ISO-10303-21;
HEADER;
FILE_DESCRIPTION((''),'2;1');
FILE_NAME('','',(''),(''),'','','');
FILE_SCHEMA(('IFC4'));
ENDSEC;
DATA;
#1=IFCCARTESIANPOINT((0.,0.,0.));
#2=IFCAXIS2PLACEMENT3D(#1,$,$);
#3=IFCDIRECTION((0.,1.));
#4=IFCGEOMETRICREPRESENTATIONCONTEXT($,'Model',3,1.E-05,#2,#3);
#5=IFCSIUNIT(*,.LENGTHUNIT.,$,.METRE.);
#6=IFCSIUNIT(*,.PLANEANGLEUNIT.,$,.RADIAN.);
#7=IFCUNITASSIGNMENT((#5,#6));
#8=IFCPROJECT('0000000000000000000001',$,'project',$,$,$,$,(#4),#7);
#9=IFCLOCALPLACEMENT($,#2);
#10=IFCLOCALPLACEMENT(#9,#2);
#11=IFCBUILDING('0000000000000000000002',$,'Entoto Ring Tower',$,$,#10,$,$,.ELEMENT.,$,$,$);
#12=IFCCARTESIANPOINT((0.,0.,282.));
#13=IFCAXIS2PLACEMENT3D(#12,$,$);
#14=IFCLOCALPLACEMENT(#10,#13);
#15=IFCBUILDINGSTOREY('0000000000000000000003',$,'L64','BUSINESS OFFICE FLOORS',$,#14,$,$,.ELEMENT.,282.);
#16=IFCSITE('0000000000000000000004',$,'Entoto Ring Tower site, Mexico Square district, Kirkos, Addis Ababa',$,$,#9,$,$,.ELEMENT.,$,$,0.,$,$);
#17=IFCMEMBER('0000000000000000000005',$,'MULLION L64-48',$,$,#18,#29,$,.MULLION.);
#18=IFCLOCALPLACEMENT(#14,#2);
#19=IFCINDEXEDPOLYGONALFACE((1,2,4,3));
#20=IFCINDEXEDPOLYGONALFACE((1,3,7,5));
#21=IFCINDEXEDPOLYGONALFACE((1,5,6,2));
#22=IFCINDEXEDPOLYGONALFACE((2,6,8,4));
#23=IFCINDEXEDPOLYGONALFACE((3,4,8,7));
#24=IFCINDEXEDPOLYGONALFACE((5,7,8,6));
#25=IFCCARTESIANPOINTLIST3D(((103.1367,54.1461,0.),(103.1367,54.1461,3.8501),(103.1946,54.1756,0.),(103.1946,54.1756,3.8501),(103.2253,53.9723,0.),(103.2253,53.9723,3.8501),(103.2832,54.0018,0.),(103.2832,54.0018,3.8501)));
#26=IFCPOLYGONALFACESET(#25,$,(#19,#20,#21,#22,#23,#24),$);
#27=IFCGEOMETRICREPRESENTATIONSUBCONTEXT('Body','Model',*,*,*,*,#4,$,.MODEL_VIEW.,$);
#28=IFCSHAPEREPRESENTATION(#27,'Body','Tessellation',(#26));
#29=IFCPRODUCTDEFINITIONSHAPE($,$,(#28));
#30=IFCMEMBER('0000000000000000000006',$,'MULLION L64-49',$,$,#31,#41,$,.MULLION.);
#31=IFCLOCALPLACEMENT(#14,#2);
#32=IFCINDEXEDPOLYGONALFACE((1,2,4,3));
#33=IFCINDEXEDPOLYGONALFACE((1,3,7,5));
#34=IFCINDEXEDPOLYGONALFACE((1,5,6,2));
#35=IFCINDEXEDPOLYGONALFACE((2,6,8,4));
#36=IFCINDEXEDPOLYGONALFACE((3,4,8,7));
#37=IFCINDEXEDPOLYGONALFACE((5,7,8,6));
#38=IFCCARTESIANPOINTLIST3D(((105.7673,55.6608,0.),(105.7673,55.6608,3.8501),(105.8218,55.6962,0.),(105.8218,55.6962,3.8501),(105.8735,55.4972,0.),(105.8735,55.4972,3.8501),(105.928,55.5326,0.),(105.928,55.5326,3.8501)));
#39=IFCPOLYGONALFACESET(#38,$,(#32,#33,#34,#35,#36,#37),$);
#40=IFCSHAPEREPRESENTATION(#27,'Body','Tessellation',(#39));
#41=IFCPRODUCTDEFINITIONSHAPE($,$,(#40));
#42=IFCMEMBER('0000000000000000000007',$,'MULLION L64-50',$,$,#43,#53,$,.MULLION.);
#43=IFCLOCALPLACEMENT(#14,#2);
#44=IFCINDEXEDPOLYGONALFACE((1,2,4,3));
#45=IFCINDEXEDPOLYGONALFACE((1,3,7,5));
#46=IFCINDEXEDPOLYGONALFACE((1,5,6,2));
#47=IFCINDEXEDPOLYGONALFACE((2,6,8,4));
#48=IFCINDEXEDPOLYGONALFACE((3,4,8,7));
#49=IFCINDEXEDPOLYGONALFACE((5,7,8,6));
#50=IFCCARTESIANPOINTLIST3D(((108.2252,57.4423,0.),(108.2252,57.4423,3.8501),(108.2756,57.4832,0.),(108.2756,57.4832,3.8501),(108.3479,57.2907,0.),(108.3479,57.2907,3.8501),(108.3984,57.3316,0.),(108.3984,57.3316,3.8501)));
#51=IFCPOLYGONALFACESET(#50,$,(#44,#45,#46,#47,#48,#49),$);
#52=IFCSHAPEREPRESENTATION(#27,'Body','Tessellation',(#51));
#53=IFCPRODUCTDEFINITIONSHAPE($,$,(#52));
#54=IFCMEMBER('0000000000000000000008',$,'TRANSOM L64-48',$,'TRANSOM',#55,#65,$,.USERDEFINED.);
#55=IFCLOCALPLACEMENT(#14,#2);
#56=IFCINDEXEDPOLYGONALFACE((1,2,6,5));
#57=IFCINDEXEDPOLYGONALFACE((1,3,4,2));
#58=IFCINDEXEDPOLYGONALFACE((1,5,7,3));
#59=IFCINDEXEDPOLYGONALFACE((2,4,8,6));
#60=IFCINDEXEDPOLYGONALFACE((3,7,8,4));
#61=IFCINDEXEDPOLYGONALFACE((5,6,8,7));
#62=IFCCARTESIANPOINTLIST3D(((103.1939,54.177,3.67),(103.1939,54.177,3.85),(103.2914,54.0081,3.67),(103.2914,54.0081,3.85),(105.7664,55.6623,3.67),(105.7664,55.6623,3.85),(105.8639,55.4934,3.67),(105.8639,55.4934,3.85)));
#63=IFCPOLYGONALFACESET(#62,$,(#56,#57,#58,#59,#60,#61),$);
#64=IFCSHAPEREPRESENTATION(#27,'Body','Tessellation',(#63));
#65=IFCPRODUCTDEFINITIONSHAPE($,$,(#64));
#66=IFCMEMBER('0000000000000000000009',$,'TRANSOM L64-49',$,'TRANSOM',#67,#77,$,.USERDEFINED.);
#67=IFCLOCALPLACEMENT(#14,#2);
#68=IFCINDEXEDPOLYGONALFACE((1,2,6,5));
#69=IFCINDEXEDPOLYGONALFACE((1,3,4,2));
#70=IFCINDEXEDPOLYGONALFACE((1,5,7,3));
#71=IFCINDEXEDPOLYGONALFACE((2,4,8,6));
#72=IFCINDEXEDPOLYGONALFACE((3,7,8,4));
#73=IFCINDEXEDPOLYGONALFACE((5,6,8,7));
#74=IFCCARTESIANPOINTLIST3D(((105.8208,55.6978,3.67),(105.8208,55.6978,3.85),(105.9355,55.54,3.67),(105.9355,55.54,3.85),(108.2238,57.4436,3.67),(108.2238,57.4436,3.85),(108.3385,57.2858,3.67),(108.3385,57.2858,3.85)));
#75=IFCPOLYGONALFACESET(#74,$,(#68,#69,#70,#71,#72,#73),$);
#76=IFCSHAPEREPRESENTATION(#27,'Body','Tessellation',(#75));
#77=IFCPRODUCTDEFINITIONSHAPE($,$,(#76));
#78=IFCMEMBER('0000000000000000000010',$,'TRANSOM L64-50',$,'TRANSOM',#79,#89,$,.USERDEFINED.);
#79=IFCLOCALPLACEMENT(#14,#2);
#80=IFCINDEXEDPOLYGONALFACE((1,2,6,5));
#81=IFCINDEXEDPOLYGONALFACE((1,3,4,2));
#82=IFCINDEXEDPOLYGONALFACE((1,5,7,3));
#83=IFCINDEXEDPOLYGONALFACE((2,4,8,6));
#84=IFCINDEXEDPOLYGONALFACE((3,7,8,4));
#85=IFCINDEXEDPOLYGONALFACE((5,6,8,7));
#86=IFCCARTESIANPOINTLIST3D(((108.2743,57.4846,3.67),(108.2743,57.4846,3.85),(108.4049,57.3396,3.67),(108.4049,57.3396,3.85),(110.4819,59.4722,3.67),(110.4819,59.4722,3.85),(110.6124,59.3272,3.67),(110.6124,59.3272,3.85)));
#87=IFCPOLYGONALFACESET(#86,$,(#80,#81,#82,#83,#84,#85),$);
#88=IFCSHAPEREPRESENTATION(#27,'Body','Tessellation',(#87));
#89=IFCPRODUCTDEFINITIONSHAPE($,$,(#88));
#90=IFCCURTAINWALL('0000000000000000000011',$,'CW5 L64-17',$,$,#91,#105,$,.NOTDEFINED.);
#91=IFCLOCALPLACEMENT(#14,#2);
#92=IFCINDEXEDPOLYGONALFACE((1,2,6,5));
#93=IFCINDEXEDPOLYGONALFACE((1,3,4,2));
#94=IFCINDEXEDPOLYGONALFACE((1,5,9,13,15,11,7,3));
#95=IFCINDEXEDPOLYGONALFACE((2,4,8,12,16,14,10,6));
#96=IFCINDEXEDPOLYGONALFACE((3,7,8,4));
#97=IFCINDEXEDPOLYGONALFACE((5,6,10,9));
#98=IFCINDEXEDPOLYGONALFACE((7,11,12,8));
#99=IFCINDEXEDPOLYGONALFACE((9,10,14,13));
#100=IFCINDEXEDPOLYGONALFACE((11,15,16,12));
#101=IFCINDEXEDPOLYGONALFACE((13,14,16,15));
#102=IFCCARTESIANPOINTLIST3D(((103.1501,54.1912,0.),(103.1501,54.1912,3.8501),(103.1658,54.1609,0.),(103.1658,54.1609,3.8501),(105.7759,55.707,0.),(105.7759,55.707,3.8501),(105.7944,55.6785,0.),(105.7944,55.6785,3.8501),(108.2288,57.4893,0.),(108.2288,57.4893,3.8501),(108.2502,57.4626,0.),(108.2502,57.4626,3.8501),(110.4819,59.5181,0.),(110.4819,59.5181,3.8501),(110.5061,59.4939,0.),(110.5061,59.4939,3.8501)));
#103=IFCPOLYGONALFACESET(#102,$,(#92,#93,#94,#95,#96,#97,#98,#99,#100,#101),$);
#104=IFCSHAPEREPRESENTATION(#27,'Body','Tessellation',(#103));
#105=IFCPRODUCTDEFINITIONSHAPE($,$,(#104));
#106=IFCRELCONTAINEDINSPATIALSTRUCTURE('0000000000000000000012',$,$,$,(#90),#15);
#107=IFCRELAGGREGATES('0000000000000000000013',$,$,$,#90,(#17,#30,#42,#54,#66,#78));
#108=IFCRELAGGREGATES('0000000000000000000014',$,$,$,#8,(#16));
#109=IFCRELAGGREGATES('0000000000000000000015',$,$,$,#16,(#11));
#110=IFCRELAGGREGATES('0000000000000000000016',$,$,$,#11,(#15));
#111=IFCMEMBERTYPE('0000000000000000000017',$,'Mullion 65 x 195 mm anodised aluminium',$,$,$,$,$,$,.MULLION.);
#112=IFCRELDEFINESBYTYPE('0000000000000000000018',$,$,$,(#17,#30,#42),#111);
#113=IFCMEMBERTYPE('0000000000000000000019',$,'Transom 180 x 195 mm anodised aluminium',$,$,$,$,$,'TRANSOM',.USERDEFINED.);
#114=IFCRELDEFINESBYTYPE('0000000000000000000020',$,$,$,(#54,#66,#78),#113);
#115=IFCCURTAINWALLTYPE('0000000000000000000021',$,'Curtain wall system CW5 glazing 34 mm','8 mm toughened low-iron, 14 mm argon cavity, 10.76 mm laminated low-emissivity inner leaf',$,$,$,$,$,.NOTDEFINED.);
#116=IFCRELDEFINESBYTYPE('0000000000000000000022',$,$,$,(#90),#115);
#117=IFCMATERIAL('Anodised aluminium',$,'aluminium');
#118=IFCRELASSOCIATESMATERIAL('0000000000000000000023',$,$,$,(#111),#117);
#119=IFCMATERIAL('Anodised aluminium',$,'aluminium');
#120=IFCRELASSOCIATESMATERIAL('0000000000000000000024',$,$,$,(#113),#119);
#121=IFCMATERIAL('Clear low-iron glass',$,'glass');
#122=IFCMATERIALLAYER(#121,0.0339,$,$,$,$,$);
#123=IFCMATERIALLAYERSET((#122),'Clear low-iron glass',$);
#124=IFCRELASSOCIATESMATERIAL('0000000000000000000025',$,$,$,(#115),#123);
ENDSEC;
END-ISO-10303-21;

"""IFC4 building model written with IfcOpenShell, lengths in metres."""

from ifc_helpers import new_model, si_unit, direction, frame, origin, origin_2d, place, context, subcontext, project, spatial, polyline, rectangle, outline, extrude, material, layer, layer_set, material_profile, profile_set, type_object, element, aggregate, save


model = new_model("IFC4")

# Units and contexts
model_context = context("Model", 3, precision=1e-05, world=origin(), true_north=direction((0.0, 1.0)))
body_context = subcontext(model_context, "Body", "Model", "MODEL_VIEW")
ifc_project = project(units=[si_unit("LENGTHUNIT", "METRE"), si_unit("PLANEANGLEUNIT", "RADIAN")], contexts=[model_context])

# Members
ifc_material_1 = material(Name="Anodised aluminium", Category="aluminium")
ifc_material_profile_1 = material_profile(ifc_material_1, rectangle(XDim=0.0649, YDim=0.1951, at=origin_2d()), Name="Mullion 65 x 195 mm anodised aluminium")
ifc_profile_set_1 = profile_set([ifc_material_profile_1], Name="Anodised aluminium")
member_type_1 = type_object("IfcMemberType", Name="Mullion 65 x 195 mm anodised aluminium", PredefinedType="MULLION", material=ifc_profile_set_1)
site_placement = place(None, origin())
building_placement = place(site_placement, origin())
storey_placement = place(building_placement, frame((0.0, 0.0, 282.0)))
member_1_placement = place(storey_placement, frame((103.21, 54.074, 0.0), z_axis=(0.0, 0.0, 1.0), x_axis=(0.891007, 0.45399, 0.0)))
member_1 = element("IfcMember", 1, at=member_1_placement, type_object=member_type_1, Name="MULLION L64-48", PredefinedType="MULLION", context=body_context, shape_type="SweptSolid", body=[
    extrude(rectangle(XDim=0.0649, YDim=0.1951, at=origin_2d()), origin(), (0.0, 0.0, 1.0), 3.8501),
])
member_2_placement = place(storey_placement, frame((105.8477, 55.5967, 0.0), z_axis=(0.0, 0.0, 1.0), x_axis=(0.838671, 0.544639, 0.0)))
member_2 = element("IfcMember", 2, at=member_2_placement, type_object=member_type_1, Name="MULLION L64-49", PredefinedType="MULLION", context=body_context, shape_type="SweptSolid", body=[
    extrude(rectangle(XDim=0.0649, YDim=0.1951, at=origin_2d()), origin(), (0.0, 0.0, 1.0), 3.8501),
])
member_3_placement = place(storey_placement, frame((108.3118, 57.387, 0.0), z_axis=(0.0, 0.0, 1.0), x_axis=(0.777146, 0.62932, 0.0)))
member_3 = element("IfcMember", 3, at=member_3_placement, type_object=member_type_1, Name="MULLION L64-50", PredefinedType="MULLION", context=body_context, shape_type="SweptSolid", body=[
    extrude(rectangle(XDim=0.0649, YDim=0.1951, at=origin_2d()), origin(), (0.0, 0.0, 1.0), 3.8501),
])
ifc_material_2 = material(Name="Anodised aluminium", Category="aluminium")
ifc_material_profile_2 = material_profile(ifc_material_2, rectangle(XDim=0.1951, YDim=0.1799, at=origin_2d()), Name="Transom 180 x 195 mm anodised aluminium")
ifc_profile_set_2 = profile_set([ifc_material_profile_2], Name="Anodised aluminium")
member_type_2 = type_object("IfcMemberType", Name="Transom 180 x 195 mm anodised aluminium", ElementType="TRANSOM", PredefinedType="USERDEFINED", material=ifc_profile_set_2)
member_4_placement = place(storey_placement, frame((103.2427, 54.0925, 3.76), z_axis=(0.866009, 0.500028, 0.0), x_axis=(-0.500028, 0.866009, 0.0)))
member_4 = element("IfcMember", 4, at=member_4_placement, type_object=member_type_2, Name="TRANSOM L64-48", ObjectType="TRANSOM", PredefinedType="USERDEFINED", context=body_context, shape_type="SweptSolid", body=[
    extrude(rectangle(XDim=0.1951, YDim=0.1799, at=origin_2d()), origin(), (0.0, 0.0, 1.0), 2.9705),
])
member_5_placement = place(storey_placement, frame((105.8782, 55.6189, 3.76), z_axis=(0.809031, 0.587766, 0.0), x_axis=(-0.587766, 0.809031, 0.0)))
member_5 = element("IfcMember", 5, at=member_5_placement, type_object=member_type_2, Name="TRANSOM L64-49", ObjectType="TRANSOM", PredefinedType="USERDEFINED", context=body_context, shape_type="SweptSolid", body=[
    extrude(rectangle(XDim=0.1951, YDim=0.1799, at=origin_2d()), origin(), (0.0, 0.0, 1.0), 2.9702),
])
member_6_placement = place(storey_placement, frame((108.3396, 57.4121, 3.76), z_axis=(0.743163, 0.66911, 0.0), x_axis=(-0.66911, 0.743163, 0.0)))
member_6 = element("IfcMember", 6, at=member_6_placement, type_object=member_type_2, Name="TRANSOM L64-50", ObjectType="TRANSOM", PredefinedType="USERDEFINED", context=body_context, shape_type="SweptSolid", body=[
    extrude(rectangle(XDim=0.1951, YDim=0.1799, at=origin_2d()), origin(), (0.0, 0.0, 1.0), 2.9705),
])

# Site, building, storey
site = spatial("IfcSite", under=ifc_project, at=site_placement, Name="Entoto Ring Tower site, Mexico Square district, Kirkos, Addis Ababa", CompositionType="ELEMENT", RefElevation=0.0)
building = spatial("IfcBuilding", under=site, at=building_placement, Name="Entoto Ring Tower", CompositionType="ELEMENT")
storey = spatial("IfcBuildingStorey", under=building, at=storey_placement, Name="L64", Description="BUSINESS OFFICE FLOORS", CompositionType="ELEMENT", Elevation=282.0)

# Curtain wall
ifc_material_3 = material(Name="Clear low-iron glass", Category="glass")
ifc_layer_1 = layer(ifc_material_3, 0.0339)
ifc_layer_set_1 = layer_set([ifc_layer_1], Name="Clear low-iron glass")
curtain_wall_type = type_object("IfcCurtainWallType", Name="Curtain wall system CW5 glazing 34 mm", Description="8 mm toughened low-iron, 14 mm argon cavity, 10.76 mm laminated low-emissivity inner leaf", PredefinedType="NOTDEFINED", material=ifc_layer_set_1)
curtain_wall_1_placement = place(storey_placement, origin())
curtain_wall_1 = element("IfcCurtainWall", 7, at=curtain_wall_1_placement, inside=storey, type_object=curtain_wall_type, Name="CW5 L64-17", PredefinedType="NOTDEFINED", context=body_context, shape_type="SweptSolid", body=[
    extrude(outline(polyline([(103.1658, 54.1609), (105.7944, 55.6785), (108.2502, 57.4626), (110.5061, 59.4939), (110.4819, 59.5181), (108.2288, 57.4893), (105.7759, 55.707), (103.1501, 54.1912), (103.1658, 54.1609)])), origin(), (0.0, 0.0, 1.0), 3.8501),
])
aggregate(curtain_wall_1, [member_1, member_2, member_3, member_4, member_5, member_6])

save(model, "model.ifc")
